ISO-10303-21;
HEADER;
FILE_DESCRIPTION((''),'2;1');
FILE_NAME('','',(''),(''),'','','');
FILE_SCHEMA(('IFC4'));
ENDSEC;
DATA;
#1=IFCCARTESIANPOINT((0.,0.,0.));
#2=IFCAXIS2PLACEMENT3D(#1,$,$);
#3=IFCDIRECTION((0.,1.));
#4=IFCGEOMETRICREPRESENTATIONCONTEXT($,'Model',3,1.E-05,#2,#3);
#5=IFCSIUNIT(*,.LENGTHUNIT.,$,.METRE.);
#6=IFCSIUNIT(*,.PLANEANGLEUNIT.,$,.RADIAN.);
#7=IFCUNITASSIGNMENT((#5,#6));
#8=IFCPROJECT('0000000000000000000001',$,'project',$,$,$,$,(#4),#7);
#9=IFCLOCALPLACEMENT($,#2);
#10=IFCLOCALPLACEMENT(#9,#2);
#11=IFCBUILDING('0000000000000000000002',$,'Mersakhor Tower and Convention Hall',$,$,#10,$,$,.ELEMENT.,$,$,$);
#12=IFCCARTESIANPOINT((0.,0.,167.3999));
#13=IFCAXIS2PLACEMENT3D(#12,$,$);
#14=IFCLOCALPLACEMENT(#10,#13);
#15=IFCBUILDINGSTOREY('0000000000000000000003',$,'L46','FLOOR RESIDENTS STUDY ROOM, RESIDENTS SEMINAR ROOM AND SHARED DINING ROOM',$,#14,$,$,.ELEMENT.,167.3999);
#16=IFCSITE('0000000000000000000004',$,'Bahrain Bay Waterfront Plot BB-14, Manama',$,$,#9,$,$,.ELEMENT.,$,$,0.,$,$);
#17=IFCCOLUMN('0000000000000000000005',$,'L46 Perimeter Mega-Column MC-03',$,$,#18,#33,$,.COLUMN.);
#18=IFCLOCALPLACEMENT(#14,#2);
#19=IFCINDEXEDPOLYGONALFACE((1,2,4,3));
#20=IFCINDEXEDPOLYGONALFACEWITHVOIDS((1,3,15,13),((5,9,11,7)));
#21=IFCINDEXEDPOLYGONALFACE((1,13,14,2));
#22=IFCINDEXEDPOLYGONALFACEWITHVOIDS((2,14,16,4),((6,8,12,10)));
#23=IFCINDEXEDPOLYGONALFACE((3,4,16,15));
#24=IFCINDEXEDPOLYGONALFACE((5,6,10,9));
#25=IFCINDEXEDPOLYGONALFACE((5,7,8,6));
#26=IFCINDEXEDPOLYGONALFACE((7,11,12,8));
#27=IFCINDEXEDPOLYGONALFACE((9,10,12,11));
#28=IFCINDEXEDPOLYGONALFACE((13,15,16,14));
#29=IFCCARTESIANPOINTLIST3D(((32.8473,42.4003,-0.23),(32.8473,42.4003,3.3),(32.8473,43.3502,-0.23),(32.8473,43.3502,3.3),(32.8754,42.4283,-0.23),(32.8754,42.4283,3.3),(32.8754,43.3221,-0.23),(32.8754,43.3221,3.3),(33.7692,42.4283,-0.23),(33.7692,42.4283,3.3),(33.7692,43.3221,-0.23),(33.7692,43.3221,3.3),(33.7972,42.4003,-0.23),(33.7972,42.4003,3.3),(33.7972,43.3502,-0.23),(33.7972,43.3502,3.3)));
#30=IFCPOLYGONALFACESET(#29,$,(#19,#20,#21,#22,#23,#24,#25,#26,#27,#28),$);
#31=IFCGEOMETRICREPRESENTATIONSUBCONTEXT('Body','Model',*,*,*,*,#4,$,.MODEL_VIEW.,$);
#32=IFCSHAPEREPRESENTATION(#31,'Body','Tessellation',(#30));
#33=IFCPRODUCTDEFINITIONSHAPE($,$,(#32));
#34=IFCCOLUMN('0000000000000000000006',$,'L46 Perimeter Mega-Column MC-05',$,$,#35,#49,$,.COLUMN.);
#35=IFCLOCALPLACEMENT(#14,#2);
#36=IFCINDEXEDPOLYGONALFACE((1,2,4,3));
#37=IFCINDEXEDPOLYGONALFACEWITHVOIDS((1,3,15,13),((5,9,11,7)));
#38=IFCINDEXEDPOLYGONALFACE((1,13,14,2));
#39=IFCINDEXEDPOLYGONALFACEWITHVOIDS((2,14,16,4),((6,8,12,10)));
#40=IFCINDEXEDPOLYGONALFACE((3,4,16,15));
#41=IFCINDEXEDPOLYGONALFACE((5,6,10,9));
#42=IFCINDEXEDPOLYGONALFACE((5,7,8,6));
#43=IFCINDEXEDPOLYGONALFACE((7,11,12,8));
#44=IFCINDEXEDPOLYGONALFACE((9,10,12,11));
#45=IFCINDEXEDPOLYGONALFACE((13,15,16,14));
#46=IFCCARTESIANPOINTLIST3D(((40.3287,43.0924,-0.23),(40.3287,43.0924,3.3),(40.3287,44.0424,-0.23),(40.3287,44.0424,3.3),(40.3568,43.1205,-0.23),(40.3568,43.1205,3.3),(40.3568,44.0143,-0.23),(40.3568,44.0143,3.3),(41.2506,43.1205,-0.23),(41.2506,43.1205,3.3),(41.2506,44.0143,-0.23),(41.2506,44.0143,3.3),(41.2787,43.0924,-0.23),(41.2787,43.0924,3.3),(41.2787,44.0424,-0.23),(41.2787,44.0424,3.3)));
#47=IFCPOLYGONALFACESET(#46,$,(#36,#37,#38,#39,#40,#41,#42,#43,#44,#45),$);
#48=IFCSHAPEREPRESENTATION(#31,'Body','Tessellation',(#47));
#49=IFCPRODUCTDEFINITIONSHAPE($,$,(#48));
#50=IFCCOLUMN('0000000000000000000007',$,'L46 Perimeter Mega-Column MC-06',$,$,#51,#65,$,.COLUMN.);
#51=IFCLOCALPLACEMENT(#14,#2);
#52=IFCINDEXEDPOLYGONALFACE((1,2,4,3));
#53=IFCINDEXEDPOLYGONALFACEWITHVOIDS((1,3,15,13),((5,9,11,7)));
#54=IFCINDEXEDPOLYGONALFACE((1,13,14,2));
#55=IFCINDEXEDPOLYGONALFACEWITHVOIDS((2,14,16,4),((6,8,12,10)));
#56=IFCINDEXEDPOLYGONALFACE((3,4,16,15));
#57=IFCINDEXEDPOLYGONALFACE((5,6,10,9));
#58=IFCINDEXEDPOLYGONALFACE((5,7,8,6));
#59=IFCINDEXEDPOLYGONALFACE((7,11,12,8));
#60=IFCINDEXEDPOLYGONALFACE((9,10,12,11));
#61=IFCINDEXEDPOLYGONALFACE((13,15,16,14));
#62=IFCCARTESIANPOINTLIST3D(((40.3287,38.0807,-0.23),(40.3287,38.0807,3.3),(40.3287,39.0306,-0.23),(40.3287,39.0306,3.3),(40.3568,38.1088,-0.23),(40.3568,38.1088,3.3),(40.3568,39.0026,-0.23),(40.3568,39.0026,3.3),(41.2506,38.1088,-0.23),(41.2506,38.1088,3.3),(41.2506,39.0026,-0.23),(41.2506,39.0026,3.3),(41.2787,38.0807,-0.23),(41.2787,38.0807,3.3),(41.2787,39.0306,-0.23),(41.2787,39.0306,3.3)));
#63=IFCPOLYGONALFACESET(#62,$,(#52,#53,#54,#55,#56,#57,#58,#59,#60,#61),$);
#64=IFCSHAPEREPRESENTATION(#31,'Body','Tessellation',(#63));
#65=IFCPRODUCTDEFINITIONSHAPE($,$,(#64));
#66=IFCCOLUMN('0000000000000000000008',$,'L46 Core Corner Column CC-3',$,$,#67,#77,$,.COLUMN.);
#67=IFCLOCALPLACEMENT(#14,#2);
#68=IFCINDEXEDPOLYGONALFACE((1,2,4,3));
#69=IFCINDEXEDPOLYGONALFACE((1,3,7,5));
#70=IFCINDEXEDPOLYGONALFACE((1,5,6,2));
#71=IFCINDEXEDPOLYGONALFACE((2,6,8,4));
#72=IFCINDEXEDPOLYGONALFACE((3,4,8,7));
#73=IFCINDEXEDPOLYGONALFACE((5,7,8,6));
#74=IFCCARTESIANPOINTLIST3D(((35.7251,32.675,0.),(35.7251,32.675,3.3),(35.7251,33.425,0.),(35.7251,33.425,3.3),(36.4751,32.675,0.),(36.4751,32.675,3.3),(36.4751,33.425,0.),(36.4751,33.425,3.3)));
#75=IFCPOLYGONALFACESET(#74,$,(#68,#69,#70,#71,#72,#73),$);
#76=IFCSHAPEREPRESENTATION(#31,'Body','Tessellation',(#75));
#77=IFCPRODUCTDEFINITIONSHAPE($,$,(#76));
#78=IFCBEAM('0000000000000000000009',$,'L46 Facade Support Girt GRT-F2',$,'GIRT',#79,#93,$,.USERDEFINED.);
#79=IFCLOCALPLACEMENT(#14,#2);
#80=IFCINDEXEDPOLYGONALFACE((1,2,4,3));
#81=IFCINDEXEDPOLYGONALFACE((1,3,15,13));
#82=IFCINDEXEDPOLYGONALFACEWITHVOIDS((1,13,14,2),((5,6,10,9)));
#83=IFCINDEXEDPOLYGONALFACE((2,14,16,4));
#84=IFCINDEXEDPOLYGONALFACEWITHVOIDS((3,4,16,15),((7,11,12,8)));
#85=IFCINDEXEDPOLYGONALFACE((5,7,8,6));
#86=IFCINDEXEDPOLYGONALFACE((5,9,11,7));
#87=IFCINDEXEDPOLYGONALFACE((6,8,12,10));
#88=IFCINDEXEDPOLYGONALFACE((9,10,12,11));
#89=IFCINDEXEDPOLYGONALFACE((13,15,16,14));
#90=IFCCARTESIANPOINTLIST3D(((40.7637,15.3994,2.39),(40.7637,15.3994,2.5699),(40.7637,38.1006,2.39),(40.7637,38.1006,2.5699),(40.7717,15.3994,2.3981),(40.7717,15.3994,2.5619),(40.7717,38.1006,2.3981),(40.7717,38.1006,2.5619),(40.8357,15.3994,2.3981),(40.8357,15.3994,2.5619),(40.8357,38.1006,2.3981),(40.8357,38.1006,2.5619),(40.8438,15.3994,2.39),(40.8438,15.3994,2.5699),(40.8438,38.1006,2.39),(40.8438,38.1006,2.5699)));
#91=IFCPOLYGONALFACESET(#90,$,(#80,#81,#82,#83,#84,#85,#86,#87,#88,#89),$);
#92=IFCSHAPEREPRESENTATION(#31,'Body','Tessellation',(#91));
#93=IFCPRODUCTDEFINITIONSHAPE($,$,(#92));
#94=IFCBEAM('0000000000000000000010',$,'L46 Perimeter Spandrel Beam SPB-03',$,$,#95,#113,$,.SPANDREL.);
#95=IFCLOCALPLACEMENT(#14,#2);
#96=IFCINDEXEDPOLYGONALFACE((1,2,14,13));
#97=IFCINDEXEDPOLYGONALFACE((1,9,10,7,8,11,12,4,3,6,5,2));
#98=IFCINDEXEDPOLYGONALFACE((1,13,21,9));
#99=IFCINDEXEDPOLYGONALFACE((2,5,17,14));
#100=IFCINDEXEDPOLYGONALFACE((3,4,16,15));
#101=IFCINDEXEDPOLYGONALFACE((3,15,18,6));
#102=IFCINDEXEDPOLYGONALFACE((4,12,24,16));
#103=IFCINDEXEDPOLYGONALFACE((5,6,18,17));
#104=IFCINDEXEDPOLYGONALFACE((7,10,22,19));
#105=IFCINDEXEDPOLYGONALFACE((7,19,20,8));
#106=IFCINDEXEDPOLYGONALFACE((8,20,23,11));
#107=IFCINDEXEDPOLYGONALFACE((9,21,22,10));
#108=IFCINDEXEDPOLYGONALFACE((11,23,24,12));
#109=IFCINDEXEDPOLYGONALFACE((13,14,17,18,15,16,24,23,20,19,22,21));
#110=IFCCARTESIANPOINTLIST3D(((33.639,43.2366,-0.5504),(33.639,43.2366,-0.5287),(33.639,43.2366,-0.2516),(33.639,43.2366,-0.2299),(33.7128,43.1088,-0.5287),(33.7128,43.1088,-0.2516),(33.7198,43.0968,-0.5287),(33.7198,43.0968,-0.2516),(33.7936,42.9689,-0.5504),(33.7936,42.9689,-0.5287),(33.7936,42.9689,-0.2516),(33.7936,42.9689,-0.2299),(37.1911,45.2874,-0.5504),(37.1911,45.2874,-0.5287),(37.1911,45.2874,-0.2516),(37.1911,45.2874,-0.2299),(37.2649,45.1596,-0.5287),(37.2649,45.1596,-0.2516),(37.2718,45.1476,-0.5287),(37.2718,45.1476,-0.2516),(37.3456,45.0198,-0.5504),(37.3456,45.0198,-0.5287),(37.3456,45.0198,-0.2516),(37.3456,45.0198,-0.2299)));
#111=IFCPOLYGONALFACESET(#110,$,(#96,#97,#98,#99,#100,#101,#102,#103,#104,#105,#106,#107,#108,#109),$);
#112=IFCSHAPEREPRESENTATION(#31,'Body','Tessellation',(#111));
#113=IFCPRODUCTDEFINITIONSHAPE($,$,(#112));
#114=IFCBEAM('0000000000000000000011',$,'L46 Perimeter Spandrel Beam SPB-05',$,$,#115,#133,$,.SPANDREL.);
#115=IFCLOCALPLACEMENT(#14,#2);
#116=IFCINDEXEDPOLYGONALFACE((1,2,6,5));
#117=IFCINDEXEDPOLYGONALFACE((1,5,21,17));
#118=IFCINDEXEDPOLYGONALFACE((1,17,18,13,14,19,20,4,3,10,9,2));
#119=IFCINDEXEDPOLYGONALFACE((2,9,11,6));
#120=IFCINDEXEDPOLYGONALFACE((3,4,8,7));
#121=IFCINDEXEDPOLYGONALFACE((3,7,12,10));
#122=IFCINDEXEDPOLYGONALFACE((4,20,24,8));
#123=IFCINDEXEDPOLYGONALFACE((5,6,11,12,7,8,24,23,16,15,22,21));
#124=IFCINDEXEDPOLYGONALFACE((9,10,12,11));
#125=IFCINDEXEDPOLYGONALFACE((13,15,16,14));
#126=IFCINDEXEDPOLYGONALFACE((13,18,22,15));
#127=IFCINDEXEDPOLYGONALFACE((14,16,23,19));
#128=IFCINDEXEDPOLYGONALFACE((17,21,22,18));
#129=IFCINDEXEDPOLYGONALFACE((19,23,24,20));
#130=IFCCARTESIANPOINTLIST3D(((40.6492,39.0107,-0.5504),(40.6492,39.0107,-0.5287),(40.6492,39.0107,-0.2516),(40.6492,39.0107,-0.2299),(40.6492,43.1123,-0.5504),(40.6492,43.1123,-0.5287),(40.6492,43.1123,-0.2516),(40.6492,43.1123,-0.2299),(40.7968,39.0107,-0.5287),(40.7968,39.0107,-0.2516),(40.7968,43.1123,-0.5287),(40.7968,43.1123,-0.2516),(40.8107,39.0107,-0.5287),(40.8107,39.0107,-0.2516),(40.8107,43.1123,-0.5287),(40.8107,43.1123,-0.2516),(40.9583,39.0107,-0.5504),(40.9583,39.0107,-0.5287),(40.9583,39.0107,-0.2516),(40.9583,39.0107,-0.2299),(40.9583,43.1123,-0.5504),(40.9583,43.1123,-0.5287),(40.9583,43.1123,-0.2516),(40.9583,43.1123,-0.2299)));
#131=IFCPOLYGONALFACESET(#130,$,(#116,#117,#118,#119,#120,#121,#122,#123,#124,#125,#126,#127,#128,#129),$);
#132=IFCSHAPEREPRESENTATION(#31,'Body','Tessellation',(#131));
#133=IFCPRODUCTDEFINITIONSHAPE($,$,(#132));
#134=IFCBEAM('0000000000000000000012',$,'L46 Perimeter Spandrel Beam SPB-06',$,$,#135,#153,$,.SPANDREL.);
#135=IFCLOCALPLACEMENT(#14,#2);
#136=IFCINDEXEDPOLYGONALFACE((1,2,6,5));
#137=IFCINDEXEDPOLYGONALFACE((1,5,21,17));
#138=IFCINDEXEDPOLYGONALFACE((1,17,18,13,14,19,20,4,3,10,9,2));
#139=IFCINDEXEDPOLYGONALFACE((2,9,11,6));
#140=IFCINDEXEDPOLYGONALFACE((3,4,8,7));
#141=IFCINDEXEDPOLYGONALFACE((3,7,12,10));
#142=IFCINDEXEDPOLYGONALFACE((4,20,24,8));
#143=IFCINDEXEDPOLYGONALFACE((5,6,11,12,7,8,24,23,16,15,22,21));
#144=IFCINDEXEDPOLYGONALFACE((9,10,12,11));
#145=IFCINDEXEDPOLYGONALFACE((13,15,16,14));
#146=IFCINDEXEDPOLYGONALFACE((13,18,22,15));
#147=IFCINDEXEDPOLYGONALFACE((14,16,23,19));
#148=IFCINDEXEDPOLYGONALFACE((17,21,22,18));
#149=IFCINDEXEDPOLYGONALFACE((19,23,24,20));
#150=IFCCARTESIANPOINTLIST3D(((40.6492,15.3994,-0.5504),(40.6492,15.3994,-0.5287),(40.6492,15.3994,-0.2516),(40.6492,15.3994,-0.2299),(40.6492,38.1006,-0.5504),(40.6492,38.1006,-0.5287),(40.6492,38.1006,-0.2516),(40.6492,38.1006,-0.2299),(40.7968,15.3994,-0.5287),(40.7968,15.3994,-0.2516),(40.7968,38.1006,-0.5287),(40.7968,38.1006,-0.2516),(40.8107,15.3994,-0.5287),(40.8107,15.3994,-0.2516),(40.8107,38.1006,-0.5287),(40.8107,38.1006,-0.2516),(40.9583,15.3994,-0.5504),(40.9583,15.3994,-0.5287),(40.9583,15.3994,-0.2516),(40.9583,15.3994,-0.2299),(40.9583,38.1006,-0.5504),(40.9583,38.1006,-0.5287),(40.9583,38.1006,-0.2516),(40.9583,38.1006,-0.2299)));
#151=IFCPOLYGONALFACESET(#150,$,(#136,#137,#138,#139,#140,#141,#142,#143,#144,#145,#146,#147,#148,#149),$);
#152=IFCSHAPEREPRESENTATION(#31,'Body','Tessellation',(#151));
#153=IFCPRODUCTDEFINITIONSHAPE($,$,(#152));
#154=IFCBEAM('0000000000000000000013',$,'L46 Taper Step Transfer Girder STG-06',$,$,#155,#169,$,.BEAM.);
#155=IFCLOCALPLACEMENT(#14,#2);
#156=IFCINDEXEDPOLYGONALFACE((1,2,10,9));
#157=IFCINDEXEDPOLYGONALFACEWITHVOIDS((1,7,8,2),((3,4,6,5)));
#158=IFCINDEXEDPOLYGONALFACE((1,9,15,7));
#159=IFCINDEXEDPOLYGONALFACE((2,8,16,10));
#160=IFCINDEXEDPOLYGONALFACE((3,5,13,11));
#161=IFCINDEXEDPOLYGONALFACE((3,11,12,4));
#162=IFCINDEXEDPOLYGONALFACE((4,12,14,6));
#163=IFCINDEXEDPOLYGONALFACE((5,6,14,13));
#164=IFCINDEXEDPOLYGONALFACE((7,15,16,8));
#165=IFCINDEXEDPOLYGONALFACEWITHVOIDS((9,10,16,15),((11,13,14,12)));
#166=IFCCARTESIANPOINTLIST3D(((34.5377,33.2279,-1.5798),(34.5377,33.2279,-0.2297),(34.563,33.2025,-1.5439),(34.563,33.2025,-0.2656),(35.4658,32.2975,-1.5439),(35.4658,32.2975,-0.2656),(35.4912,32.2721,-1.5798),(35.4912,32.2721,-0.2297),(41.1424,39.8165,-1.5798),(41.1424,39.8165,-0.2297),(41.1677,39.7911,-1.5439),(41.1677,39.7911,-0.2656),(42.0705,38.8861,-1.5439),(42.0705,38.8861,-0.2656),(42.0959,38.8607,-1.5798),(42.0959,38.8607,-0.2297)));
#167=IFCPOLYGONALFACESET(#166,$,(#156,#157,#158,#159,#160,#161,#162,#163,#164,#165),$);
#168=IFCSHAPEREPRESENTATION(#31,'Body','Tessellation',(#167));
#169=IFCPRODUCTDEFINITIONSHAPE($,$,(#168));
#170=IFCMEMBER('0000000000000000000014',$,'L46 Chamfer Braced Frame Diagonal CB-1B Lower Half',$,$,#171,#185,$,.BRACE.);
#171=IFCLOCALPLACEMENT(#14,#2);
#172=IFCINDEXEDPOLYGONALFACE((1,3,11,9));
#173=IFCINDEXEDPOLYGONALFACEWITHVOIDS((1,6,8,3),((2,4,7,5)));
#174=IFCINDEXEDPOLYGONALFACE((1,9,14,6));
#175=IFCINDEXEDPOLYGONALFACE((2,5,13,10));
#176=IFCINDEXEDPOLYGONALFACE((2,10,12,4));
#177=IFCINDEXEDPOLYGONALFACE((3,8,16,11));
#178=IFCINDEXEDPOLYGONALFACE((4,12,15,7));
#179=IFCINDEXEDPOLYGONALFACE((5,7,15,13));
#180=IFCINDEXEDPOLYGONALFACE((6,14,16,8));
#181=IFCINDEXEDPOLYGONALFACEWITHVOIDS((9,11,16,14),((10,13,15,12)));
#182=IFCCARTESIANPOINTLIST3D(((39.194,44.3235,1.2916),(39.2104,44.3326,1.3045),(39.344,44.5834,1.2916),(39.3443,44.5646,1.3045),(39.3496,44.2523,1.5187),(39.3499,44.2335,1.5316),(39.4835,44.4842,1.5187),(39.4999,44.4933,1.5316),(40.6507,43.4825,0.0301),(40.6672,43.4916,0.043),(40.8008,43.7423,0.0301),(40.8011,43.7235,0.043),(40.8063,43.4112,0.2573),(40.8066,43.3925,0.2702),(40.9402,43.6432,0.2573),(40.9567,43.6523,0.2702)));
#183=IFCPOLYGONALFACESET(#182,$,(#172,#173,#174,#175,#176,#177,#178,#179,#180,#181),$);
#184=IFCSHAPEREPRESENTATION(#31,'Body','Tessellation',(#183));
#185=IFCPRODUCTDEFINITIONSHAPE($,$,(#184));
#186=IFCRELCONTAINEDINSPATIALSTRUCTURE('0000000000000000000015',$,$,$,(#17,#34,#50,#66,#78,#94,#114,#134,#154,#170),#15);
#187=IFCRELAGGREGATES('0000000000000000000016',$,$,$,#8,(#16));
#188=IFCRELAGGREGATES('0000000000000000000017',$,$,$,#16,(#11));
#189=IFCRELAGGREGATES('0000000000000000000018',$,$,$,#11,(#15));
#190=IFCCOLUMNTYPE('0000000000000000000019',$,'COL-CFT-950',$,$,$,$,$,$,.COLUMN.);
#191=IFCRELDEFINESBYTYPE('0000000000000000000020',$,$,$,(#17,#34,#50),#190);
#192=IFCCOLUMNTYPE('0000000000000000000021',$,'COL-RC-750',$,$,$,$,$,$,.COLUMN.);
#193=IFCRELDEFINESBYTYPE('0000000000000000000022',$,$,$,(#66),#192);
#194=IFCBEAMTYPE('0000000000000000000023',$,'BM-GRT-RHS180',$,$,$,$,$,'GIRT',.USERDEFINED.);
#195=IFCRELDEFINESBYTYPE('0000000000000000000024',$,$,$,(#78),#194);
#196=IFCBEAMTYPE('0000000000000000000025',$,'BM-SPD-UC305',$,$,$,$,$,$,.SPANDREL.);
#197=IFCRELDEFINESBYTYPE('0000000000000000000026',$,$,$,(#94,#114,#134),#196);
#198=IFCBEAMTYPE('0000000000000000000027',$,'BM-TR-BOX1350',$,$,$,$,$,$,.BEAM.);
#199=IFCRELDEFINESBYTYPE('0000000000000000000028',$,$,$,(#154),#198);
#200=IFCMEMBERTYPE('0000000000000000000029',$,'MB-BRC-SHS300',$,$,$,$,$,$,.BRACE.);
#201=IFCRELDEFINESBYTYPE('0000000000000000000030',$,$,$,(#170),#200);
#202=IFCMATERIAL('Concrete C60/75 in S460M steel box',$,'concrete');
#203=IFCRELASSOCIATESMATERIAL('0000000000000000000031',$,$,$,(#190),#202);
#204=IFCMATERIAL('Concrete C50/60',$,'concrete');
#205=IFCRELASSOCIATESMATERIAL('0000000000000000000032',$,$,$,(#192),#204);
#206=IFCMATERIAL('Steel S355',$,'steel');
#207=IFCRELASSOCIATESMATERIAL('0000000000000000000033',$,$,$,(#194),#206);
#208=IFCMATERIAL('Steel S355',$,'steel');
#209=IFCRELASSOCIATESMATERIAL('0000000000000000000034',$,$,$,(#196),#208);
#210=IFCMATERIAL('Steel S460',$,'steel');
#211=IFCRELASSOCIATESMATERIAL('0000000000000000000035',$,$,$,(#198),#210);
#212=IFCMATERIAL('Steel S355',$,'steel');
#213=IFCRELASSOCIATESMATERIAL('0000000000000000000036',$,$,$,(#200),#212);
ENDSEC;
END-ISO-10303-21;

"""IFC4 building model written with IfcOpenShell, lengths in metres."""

from ifc_helpers import new_model, si_unit, direction, frame, origin, origin_2d, place, context, subcontext, project, spatial, rectangle, hollow_rectangle, i_section, extrude, material, material_profile, profile_set, type_object, element, save


model = new_model("IFC4")

# Units and contexts
model_context = context("Model", 3, precision=1e-05, world=origin(), true_north=direction((0.0, 1.0)))
body_context = subcontext(model_context, "Body", "Model", "MODEL_VIEW")
ifc_project = project(units=[si_unit("LENGTHUNIT", "METRE"), si_unit("PLANEANGLEUNIT", "RADIAN")], contexts=[model_context])

# Site, building, storey
site_placement = place(None, origin())
site = spatial("IfcSite", under=ifc_project, at=site_placement, Name="Bahrain Bay Waterfront Plot BB-14, Manama", CompositionType="ELEMENT", RefElevation=0.0)
building_placement = place(site_placement, origin())
building = spatial("IfcBuilding", under=site, at=building_placement, Name="Mersakhor Tower and Convention Hall", CompositionType="ELEMENT")
storey_placement = place(building_placement, frame((0.0, 0.0, 167.3999)))
storey = spatial("IfcBuildingStorey", under=building, at=storey_placement, Name="L46", Description="FLOOR RESIDENTS STUDY ROOM, RESIDENTS SEMINAR ROOM AND SHARED DINING ROOM", CompositionType="ELEMENT", Elevation=167.3999)

# Columns
ifc_material_1 = material(Name="Concrete C60/75 in S460M steel box", Category="concrete")
ifc_material_profile_1 = material_profile(ifc_material_1, hollow_rectangle(XDim=0.95, YDim=0.95, WallThickness=0.0281, at=origin_2d()), Name="SHS 950x950x28")
ifc_profile_set_1 = profile_set([ifc_material_profile_1], Name="Concrete C60/75 in S460M steel box")
column_type_1 = type_object("IfcColumnType", Name="COL-CFT-950", PredefinedType="COLUMN", material=ifc_profile_set_1)
for number, where, z_axis, x_axis, name in (
    (1, (33.3223, 42.8752, -0.23), (0.0, 0.0, 1.0), (1.0, 0.0, 0.0), "L46 Perimeter Mega-Column MC-03"),
    (2, (40.8037, 43.5674, -0.23), (0.0, 0.0, 1.0), (1.0, 0.0, 0.0), "L46 Perimeter Mega-Column MC-05"),
    (3, (40.8037, 38.5557, -0.23), (0.0, 0.0, 1.0), (1.0, 0.0, 0.0), "L46 Perimeter Mega-Column MC-06"),
):
    element("IfcColumn", number, at=place(storey_placement, frame(where, z_axis=z_axis, x_axis=x_axis)), inside=storey, type_object=column_type_1, Name=name, PredefinedType="COLUMN", context=body_context, shape_type="SweptSolid", body=[
        extrude(hollow_rectangle(XDim=0.95, YDim=0.95, WallThickness=0.0281, at=origin_2d()), origin(), (0.0, 0.0, 1.0), 3.53),
    ])
ifc_material_2 = material(Name="Concrete C50/60", Category="concrete")
ifc_material_profile_2 = material_profile(ifc_material_2, rectangle(XDim=0.75, YDim=0.75, at=origin_2d()), Name="RC 750x750")
ifc_profile_set_2 = profile_set([ifc_material_profile_2], Name="Concrete C50/60")
column_type_2 = type_object("IfcColumnType", Name="COL-RC-750", PredefinedType="COLUMN", material=ifc_profile_set_2)
column_placement = place(storey_placement, frame((36.1001, 33.05, 0.0), z_axis=(0.0, 0.0, 1.0), x_axis=(1.0, 0.0, 0.0)))
element("IfcColumn", 4, at=column_placement, inside=storey, type_object=column_type_2, Name="L46 Core Corner Column CC-3", PredefinedType="COLUMN", context=body_context, shape_type="SweptSolid", body=[
    extrude(rectangle(XDim=0.75, YDim=0.75, at=origin_2d()), origin(), (0.0, 0.0, 1.0), 3.3),
])

# Beams
ifc_material_3 = material(Name="Steel S355", Category="steel")
ifc_material_profile_3 = material_profile(ifc_material_3, hollow_rectangle(XDim=0.0801, YDim=0.1799, WallThickness=0.0081, at=origin_2d()), Name="RHS 180x80x8")
ifc_profile_set_3 = profile_set([ifc_material_profile_3], Name="Steel S355")
beam_type_1 = type_object("IfcBeamType", Name="BM-GRT-RHS180", ElementType="GIRT", PredefinedType="USERDEFINED", material=ifc_profile_set_3)
beam_1_placement = place(storey_placement, frame((40.8037, 38.1006, 2.48), z_axis=(0.0, -1.0, 0.0), x_axis=(1.0, 0.0, 0.0)))
element("IfcBeam", 5, at=beam_1_placement, inside=storey, type_object=beam_type_1, Name="L46 Facade Support Girt GRT-F2", ObjectType="GIRT", PredefinedType="USERDEFINED", context=body_context, shape_type="SweptSolid", body=[
    extrude(hollow_rectangle(XDim=0.0801, YDim=0.1799, WallThickness=0.0081, at=origin_2d()), origin(), (0.0, 0.0, 1.0), 22.7012),
])
ifc_material_4 = material(Name="Steel S355", Category="steel")
ifc_material_profile_4 = material_profile(ifc_material_4, i_section(OverallWidth=0.3091, OverallDepth=0.3206, WebThickness=0.0139, FlangeThickness=0.0217, at=origin_2d()), Name="UC 305x305x137")
ifc_profile_set_4 = profile_set([ifc_material_profile_4], Name="Steel S355")
beam_type_2 = type_object("IfcBeamType", Name="BM-SPD-UC305", PredefinedType="SPANDREL", material=ifc_profile_set_4)
for number, where, z_axis, x_axis, name in (
    (6, (33.7163, 43.1028, -0.3901), (0.866022, 0.500006, 0.0), (-0.500006, 0.866022, 0.0), "L46 Perimeter Spandrel Beam SPB-03"),
    (7, (40.8037, 43.1123, -0.3901), (0.0, -1.0, 0.0), (1.0, 0.0, 0.0), "L46 Perimeter Spandrel Beam SPB-05"),
):
    element("IfcBeam", number, at=place(storey_placement, frame(where, z_axis=z_axis, x_axis=x_axis)), inside=storey, type_object=beam_type_2, Name=name, PredefinedType="SPANDREL", context=body_context, shape_type="SweptSolid", body=[
        extrude(i_section(OverallWidth=0.3091, OverallDepth=0.3206, WebThickness=0.0139, FlangeThickness=0.0217, at=origin_2d()), origin(), (0.0, 0.0, 1.0), 4.1016),
    ])
beam_2_placement = place(storey_placement, frame((40.8037, 38.1006, -0.3901), z_axis=(0.0, -1.0, 0.0), x_axis=(1.0, 0.0, 0.0)))
element("IfcBeam", 8, at=beam_2_placement, inside=storey, type_object=beam_type_2, Name="L46 Perimeter Spandrel Beam SPB-06", PredefinedType="SPANDREL", context=body_context, shape_type="SweptSolid", body=[
    extrude(i_section(OverallWidth=0.3091, OverallDepth=0.3206, WebThickness=0.0139, FlangeThickness=0.0217, at=origin_2d()), origin(), (0.0, 0.0, 1.0), 22.7012),
])
ifc_material_5 = material(Name="Steel S460", Category="steel")
ifc_material_profile_5 = material_profile(ifc_material_5, hollow_rectangle(XDim=1.3501, YDim=1.3501, WallThickness=0.0359, at=origin_2d()), Name="SHS 1350x1350x36")
ifc_profile_set_5 = profile_set([ifc_material_profile_5], Name="Steel S460")
beam_type_3 = type_object("IfcBeamType", Name="BM-TR-BOX1350", PredefinedType="BEAM", material=ifc_profile_set_5)
beam_3_placement = place(storey_placement, frame((41.6191, 39.3386, -0.9048), z_axis=(-0.70797, -0.706243, 0.0), x_axis=(0.706243, -0.70797, 0.0)))
element("IfcBeam", 9, at=beam_3_placement, inside=storey, type_object=beam_type_3, Name="L46 Taper Step Transfer Girder STG-06", PredefinedType="BEAM", context=body_context, shape_type="SweptSolid", body=[
    extrude(hollow_rectangle(XDim=1.3501, YDim=1.3501, WallThickness=0.0359, at=origin_2d()), origin(), (0.0, 0.0, 1.0), 9.3291),
])

# Member
ifc_material_6 = material(Name="Steel S355", Category="steel")
ifc_material_profile_6 = material_profile(ifc_material_6, hollow_rectangle(XDim=0.3, YDim=0.3, WallThickness=0.0161, at=origin_2d()), Name="SHS 300x300x16")
ifc_profile_set_6 = profile_set([ifc_material_profile_6], Name="Steel S355")
member_type = type_object("IfcMemberType", Name="MB-BRC-SHS300", PredefinedType="BRACE", material=ifc_profile_set_6)
member_placement = place(storey_placement, frame((40.8037, 43.5674, 0.1501), z_axis=(-0.69285, 0.400011, 0.599959), x_axis=(-0.499995, -0.866028, 0.0)))
element("IfcMember", 10, at=member_placement, inside=storey, type_object=member_type, Name="L46 Chamfer Braced Frame Diagonal CB-1B Lower Half", PredefinedType="BRACE", context=body_context, shape_type="SweptSolid", body=[
    extrude(hollow_rectangle(XDim=0.3, YDim=0.3, WallThickness=0.0161, at=origin_2d()), origin(), (0.0, 0.0, 1.0), 2.1025),
])

save(model, "model.ifc")
